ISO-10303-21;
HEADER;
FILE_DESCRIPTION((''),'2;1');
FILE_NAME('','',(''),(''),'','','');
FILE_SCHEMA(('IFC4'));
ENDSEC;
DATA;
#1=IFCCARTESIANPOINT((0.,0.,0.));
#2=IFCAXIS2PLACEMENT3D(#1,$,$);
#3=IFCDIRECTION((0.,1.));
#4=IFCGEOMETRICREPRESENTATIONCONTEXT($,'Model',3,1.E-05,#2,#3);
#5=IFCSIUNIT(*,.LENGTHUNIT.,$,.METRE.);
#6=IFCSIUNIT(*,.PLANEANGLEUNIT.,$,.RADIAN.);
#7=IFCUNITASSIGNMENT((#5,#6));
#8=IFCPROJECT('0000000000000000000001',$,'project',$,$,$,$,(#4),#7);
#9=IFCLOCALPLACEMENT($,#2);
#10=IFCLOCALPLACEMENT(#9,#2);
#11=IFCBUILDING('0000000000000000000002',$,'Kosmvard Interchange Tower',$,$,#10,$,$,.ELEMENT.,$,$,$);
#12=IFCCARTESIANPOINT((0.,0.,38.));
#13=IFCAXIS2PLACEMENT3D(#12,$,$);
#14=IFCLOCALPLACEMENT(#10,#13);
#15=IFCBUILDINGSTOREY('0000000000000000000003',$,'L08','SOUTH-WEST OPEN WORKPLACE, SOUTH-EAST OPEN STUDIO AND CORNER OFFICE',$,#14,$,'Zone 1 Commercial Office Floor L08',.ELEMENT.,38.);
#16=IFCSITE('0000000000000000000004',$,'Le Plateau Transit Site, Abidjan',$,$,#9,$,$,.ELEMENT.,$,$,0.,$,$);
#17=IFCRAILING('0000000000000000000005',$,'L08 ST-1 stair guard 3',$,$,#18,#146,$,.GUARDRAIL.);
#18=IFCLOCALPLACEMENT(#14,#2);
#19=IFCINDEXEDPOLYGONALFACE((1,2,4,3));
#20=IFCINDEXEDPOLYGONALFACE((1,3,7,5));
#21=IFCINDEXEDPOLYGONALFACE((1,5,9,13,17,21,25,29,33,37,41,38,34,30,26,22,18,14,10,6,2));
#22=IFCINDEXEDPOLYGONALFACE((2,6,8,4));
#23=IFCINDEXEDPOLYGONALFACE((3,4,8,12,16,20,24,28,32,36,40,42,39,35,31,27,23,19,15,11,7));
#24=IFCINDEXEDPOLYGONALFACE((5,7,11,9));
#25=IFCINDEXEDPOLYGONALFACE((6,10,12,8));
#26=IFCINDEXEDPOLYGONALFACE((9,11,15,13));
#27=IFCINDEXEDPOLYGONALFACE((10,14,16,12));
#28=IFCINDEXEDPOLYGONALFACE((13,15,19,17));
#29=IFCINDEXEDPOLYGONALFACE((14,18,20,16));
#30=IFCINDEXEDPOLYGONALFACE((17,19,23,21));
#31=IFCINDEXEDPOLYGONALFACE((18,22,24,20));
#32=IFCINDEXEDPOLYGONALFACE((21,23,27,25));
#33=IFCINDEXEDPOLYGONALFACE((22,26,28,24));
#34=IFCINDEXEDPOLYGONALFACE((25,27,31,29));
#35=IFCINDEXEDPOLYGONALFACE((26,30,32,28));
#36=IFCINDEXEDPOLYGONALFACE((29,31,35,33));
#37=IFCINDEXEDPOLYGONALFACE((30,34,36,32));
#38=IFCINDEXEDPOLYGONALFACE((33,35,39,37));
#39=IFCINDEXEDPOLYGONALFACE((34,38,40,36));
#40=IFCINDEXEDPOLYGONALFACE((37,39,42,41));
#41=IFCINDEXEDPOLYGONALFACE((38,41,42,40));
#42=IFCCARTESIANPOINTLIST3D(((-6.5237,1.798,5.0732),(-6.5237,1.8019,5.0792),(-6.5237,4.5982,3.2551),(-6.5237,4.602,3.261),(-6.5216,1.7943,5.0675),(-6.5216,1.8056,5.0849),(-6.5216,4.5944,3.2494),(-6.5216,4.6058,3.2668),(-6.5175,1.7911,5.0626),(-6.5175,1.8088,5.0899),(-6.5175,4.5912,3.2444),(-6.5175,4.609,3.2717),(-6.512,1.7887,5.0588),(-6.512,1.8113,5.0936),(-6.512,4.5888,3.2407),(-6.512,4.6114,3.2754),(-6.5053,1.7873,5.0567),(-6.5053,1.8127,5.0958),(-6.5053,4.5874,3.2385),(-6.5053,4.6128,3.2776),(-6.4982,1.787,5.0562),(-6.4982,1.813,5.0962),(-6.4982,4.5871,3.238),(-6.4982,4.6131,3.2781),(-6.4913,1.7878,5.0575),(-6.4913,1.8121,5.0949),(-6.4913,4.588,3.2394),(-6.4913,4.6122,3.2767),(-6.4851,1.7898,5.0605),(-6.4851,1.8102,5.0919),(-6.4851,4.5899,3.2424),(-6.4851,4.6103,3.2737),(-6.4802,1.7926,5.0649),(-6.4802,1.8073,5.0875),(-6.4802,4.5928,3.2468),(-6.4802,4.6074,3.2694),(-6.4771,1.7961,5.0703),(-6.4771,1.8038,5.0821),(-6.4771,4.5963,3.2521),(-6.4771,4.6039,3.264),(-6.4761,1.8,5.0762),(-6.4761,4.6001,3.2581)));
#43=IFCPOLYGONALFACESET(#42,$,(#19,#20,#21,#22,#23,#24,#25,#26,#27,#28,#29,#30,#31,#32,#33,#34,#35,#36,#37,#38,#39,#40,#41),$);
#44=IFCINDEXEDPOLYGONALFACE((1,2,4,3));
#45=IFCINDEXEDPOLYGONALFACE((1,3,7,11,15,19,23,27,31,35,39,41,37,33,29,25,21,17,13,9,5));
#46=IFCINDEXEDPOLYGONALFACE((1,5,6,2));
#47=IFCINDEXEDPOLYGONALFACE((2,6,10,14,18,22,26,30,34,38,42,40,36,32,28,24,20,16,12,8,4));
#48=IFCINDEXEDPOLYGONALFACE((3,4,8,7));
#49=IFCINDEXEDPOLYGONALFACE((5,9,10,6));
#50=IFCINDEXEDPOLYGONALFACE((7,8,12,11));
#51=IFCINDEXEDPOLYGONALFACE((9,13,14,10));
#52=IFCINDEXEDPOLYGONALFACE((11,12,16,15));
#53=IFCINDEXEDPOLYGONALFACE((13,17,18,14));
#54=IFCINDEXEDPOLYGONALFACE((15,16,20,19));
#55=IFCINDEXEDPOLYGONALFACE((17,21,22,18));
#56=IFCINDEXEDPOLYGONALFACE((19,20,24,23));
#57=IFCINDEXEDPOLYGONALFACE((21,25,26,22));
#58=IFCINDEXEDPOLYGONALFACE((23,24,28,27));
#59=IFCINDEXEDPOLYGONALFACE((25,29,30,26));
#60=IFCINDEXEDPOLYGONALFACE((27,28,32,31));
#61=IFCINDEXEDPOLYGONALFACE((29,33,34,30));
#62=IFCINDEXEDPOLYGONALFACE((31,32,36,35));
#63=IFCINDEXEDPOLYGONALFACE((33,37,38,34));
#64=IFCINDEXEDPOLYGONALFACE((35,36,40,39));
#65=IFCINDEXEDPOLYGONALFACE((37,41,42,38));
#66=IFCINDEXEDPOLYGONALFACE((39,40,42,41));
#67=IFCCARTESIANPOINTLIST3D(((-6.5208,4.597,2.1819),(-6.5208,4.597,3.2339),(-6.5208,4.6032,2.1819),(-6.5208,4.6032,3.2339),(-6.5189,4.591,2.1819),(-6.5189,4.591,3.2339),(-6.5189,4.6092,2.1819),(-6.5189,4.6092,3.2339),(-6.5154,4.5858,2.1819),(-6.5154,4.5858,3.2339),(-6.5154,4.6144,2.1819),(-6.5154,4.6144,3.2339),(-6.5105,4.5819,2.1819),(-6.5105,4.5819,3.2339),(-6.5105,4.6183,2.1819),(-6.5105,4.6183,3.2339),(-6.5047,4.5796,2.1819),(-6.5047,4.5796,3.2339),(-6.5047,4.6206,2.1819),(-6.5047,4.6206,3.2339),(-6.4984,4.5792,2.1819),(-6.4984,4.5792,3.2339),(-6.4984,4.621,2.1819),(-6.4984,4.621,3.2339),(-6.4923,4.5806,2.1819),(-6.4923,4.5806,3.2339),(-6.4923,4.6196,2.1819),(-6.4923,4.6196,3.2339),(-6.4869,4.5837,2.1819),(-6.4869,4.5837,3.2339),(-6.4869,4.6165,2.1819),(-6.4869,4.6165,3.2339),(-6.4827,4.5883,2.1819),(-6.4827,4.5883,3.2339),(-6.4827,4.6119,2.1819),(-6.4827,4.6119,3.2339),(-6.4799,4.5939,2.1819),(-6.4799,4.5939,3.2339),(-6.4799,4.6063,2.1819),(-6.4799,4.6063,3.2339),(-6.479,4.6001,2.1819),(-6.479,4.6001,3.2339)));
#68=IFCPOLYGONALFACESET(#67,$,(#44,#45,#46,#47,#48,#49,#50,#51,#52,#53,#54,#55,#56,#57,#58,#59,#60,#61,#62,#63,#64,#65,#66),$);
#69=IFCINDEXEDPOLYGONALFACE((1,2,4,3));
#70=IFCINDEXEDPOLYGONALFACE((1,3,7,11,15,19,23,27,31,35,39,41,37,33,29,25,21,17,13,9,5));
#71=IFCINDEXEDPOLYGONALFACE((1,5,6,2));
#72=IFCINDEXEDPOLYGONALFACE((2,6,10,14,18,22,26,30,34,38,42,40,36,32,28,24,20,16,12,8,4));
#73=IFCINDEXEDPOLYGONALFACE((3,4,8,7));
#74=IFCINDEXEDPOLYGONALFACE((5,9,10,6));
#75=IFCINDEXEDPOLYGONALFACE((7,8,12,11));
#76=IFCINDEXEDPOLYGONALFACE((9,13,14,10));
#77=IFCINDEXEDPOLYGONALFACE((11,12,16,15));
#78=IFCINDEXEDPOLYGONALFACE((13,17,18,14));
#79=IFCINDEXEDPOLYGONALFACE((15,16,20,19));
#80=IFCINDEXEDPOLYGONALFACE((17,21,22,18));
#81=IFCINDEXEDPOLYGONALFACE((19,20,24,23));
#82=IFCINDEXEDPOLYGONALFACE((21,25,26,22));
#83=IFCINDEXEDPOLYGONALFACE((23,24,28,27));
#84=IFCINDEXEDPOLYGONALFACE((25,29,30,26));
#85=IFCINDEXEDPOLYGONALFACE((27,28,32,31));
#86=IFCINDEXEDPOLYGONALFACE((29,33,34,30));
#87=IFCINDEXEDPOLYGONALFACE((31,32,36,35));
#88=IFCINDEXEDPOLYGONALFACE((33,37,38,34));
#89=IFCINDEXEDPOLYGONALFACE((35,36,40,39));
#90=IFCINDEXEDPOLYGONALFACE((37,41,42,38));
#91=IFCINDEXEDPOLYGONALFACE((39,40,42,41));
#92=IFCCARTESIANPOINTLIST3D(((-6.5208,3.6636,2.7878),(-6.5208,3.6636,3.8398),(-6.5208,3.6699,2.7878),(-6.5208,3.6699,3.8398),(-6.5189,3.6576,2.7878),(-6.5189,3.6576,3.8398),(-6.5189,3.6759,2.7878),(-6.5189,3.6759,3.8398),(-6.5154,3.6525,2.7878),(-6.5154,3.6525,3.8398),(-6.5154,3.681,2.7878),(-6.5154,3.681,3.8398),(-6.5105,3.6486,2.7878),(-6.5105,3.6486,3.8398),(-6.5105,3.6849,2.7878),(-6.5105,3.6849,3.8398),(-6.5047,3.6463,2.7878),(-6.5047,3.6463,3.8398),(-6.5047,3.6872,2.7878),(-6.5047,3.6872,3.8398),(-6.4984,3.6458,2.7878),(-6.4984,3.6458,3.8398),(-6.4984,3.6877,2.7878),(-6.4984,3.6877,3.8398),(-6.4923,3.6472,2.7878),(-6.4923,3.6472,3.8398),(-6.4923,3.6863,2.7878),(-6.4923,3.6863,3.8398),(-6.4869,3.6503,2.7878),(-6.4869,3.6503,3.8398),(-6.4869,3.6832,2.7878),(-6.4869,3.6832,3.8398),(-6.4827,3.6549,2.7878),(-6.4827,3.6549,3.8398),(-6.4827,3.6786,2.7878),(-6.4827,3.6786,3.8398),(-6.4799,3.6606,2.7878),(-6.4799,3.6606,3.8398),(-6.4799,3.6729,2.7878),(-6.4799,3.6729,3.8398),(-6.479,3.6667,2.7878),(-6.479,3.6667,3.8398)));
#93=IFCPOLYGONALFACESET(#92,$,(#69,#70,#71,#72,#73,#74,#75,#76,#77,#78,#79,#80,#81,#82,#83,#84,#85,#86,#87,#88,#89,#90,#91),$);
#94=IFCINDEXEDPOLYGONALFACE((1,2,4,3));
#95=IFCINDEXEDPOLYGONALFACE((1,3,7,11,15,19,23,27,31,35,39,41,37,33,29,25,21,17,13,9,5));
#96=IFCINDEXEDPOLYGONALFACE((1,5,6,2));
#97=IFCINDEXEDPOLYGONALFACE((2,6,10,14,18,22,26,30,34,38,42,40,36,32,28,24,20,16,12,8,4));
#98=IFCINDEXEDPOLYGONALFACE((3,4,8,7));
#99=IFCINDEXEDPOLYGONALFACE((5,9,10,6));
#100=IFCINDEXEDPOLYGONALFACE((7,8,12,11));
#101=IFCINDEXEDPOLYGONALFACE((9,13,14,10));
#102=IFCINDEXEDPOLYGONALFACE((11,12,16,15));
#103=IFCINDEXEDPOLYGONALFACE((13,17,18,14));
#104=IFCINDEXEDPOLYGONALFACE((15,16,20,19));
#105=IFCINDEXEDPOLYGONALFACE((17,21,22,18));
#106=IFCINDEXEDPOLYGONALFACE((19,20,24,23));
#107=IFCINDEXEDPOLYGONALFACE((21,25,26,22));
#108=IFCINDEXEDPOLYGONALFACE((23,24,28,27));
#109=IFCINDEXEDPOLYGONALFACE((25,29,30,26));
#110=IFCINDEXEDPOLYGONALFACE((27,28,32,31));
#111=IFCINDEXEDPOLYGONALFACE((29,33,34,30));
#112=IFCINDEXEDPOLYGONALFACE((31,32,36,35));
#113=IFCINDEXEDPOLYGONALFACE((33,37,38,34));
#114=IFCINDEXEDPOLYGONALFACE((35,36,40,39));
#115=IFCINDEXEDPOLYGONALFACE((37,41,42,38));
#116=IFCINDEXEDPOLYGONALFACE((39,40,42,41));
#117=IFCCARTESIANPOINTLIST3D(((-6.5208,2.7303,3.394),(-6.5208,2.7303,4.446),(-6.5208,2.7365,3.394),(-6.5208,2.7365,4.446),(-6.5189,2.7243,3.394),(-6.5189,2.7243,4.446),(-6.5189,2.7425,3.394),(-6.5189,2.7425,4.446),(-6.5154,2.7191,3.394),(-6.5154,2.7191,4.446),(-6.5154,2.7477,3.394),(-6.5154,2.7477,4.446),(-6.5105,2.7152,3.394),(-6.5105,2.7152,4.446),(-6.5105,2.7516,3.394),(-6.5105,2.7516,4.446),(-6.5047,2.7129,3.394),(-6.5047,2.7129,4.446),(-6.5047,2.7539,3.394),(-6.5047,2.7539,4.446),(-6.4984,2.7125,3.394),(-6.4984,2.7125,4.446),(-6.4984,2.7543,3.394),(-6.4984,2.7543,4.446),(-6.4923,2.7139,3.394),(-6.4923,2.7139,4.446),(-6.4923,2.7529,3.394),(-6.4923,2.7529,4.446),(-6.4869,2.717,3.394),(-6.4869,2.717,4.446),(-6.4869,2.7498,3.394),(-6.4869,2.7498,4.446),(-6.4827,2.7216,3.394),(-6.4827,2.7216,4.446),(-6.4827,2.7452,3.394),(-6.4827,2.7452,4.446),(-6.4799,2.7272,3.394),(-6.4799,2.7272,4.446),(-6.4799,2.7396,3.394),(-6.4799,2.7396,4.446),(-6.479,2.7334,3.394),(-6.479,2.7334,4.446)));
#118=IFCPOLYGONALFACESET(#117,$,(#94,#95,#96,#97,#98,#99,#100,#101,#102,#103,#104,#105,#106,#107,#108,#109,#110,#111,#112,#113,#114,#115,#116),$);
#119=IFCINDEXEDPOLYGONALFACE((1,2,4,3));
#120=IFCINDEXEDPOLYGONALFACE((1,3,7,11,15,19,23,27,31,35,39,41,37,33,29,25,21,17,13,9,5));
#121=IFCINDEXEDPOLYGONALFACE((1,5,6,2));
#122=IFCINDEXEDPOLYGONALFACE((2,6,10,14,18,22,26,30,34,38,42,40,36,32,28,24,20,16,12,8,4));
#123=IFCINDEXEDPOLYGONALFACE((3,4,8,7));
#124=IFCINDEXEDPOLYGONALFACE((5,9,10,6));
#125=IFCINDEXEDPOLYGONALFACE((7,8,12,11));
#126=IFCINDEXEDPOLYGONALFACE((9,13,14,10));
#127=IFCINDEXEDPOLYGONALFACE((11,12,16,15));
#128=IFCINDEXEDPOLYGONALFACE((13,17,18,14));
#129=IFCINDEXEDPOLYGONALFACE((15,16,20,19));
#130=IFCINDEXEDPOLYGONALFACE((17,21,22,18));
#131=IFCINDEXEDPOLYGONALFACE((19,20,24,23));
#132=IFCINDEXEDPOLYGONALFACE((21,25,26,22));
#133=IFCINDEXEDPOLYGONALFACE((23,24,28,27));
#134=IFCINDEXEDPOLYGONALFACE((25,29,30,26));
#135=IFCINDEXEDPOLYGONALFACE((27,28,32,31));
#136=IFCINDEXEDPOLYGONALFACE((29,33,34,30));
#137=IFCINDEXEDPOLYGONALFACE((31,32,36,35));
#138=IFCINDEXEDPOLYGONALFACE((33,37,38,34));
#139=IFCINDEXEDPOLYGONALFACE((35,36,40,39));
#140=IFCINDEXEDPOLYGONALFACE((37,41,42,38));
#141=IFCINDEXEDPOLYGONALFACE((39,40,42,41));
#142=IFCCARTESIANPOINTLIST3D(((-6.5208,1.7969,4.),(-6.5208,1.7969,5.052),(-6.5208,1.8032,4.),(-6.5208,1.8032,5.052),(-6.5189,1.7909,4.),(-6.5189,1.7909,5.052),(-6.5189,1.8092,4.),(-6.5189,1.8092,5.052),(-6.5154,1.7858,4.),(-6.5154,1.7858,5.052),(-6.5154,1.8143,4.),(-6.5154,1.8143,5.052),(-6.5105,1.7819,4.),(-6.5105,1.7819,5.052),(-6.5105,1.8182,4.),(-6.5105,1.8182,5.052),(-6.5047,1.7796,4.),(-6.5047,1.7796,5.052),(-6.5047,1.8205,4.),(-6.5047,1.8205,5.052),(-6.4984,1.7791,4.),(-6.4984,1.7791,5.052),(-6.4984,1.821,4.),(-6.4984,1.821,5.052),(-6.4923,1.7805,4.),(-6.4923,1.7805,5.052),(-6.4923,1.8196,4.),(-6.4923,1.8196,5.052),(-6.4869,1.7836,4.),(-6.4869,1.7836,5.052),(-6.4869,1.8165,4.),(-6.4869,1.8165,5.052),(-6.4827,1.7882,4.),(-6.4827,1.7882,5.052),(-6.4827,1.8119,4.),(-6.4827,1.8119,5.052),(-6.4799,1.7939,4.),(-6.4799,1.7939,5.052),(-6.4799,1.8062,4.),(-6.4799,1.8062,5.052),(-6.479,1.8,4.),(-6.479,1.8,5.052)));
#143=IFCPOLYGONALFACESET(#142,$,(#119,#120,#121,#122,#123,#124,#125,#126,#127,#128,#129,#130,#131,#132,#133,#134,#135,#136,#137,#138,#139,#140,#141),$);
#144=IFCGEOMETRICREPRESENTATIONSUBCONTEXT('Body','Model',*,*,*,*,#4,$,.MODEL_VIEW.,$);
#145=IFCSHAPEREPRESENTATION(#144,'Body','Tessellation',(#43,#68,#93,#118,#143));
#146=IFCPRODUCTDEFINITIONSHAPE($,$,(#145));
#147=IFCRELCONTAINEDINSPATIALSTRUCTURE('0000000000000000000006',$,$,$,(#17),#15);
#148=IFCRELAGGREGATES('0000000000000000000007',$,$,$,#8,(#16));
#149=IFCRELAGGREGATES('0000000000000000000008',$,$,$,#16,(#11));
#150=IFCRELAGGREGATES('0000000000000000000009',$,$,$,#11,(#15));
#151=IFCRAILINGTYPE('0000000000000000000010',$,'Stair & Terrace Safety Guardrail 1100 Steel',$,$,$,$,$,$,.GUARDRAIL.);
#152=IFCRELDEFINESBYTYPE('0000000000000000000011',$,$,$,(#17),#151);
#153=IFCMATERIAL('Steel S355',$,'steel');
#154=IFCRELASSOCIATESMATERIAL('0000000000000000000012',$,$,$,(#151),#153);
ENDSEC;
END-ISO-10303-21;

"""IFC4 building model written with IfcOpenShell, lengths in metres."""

from ifc_helpers import new_model, si_unit, direction, frame, origin, origin_2d, place, context, subcontext, project, spatial, circle, extrude, source, transform, mapped, material, type_object, element, save


model = new_model("IFC4")

# Units and contexts
model_context = context("Model", 3, precision=1e-05, world=origin(), true_north=direction((0.0, 1.0)))
body_context = subcontext(model_context, "Body", "Model", "MODEL_VIEW")
ifc_project = project(units=[si_unit("LENGTHUNIT", "METRE"), si_unit("PLANEANGLEUNIT", "RADIAN")], contexts=[model_context])

# Site, building, storey
site_placement = place(None, origin())
site = spatial("IfcSite", under=ifc_project, at=site_placement, Name="Le Plateau Transit Site, Abidjan", CompositionType="ELEMENT", RefElevation=0.0)
building_placement = place(site_placement, origin())
building = spatial("IfcBuilding", under=site, at=building_placement, Name="Kosmvard Interchange Tower", CompositionType="ELEMENT")
storey_placement = place(building_placement, frame((0.0, 0.0, 38.0)))
storey = spatial("IfcBuildingStorey", under=building, at=storey_placement, Name="L08", Description="SOUTH-WEST OPEN WORKPLACE, SOUTH-EAST OPEN STUDIO AND CORNER OFFICE", LongName="Zone 1 Commercial Office Floor L08", CompositionType="ELEMENT", Elevation=38.0)

# Railing
ifc_material_1 = material(Name="Steel S355", Category="steel")
railing_type_1 = type_object("IfcRailingType", Name="Stair & Terrace Safety Guardrail 1100 Steel", PredefinedType="GUARDRAIL", material=ifc_material_1)
shared_shape_1 = source(origin(), body_context, "Body", "SweptSolid", [
    extrude(circle(Radius=0.0239, at=origin_2d()), frame((0.0, 0.0, 1.0762), z_axis=(0.0, -0.838706, 0.544585), x_axis=(1.0, 0.0, 0.0)), (0.0, 0.0, 1.0), 3.3386),
    extrude(circle(Radius=0.021, at=origin_2d()), origin(), (0.0, 0.0, 1.0), 1.052),
    extrude(circle(Radius=0.021, at=origin_2d()), frame((0.0, -0.9333, 0.606)), (0.0, 0.0, 1.0), 1.052),
    extrude(circle(Radius=0.021, at=origin_2d()), frame((0.0, -1.8667, 1.2122)), (0.0, 0.0, 1.0), 1.052),
    extrude(circle(Radius=0.021, at=origin_2d()), frame((0.0, -2.8, 1.8181)), (0.0, 0.0, 1.0), 1.052),
])
railing_1_placement = place(storey_placement, frame((-6.5, 4.6001, 2.1819)))
element("IfcRailing", 1, at=railing_1_placement, inside=storey, type_object=railing_type_1, Name="L08 ST-1 stair guard 3", PredefinedType="GUARDRAIL", context=body_context, shape_type="MappedRepresentation", body=[
    mapped(shared_shape_1, transform((0.0, 0.0, 0.0), scale=1.0)),
])

save(model, "model.ifc")
